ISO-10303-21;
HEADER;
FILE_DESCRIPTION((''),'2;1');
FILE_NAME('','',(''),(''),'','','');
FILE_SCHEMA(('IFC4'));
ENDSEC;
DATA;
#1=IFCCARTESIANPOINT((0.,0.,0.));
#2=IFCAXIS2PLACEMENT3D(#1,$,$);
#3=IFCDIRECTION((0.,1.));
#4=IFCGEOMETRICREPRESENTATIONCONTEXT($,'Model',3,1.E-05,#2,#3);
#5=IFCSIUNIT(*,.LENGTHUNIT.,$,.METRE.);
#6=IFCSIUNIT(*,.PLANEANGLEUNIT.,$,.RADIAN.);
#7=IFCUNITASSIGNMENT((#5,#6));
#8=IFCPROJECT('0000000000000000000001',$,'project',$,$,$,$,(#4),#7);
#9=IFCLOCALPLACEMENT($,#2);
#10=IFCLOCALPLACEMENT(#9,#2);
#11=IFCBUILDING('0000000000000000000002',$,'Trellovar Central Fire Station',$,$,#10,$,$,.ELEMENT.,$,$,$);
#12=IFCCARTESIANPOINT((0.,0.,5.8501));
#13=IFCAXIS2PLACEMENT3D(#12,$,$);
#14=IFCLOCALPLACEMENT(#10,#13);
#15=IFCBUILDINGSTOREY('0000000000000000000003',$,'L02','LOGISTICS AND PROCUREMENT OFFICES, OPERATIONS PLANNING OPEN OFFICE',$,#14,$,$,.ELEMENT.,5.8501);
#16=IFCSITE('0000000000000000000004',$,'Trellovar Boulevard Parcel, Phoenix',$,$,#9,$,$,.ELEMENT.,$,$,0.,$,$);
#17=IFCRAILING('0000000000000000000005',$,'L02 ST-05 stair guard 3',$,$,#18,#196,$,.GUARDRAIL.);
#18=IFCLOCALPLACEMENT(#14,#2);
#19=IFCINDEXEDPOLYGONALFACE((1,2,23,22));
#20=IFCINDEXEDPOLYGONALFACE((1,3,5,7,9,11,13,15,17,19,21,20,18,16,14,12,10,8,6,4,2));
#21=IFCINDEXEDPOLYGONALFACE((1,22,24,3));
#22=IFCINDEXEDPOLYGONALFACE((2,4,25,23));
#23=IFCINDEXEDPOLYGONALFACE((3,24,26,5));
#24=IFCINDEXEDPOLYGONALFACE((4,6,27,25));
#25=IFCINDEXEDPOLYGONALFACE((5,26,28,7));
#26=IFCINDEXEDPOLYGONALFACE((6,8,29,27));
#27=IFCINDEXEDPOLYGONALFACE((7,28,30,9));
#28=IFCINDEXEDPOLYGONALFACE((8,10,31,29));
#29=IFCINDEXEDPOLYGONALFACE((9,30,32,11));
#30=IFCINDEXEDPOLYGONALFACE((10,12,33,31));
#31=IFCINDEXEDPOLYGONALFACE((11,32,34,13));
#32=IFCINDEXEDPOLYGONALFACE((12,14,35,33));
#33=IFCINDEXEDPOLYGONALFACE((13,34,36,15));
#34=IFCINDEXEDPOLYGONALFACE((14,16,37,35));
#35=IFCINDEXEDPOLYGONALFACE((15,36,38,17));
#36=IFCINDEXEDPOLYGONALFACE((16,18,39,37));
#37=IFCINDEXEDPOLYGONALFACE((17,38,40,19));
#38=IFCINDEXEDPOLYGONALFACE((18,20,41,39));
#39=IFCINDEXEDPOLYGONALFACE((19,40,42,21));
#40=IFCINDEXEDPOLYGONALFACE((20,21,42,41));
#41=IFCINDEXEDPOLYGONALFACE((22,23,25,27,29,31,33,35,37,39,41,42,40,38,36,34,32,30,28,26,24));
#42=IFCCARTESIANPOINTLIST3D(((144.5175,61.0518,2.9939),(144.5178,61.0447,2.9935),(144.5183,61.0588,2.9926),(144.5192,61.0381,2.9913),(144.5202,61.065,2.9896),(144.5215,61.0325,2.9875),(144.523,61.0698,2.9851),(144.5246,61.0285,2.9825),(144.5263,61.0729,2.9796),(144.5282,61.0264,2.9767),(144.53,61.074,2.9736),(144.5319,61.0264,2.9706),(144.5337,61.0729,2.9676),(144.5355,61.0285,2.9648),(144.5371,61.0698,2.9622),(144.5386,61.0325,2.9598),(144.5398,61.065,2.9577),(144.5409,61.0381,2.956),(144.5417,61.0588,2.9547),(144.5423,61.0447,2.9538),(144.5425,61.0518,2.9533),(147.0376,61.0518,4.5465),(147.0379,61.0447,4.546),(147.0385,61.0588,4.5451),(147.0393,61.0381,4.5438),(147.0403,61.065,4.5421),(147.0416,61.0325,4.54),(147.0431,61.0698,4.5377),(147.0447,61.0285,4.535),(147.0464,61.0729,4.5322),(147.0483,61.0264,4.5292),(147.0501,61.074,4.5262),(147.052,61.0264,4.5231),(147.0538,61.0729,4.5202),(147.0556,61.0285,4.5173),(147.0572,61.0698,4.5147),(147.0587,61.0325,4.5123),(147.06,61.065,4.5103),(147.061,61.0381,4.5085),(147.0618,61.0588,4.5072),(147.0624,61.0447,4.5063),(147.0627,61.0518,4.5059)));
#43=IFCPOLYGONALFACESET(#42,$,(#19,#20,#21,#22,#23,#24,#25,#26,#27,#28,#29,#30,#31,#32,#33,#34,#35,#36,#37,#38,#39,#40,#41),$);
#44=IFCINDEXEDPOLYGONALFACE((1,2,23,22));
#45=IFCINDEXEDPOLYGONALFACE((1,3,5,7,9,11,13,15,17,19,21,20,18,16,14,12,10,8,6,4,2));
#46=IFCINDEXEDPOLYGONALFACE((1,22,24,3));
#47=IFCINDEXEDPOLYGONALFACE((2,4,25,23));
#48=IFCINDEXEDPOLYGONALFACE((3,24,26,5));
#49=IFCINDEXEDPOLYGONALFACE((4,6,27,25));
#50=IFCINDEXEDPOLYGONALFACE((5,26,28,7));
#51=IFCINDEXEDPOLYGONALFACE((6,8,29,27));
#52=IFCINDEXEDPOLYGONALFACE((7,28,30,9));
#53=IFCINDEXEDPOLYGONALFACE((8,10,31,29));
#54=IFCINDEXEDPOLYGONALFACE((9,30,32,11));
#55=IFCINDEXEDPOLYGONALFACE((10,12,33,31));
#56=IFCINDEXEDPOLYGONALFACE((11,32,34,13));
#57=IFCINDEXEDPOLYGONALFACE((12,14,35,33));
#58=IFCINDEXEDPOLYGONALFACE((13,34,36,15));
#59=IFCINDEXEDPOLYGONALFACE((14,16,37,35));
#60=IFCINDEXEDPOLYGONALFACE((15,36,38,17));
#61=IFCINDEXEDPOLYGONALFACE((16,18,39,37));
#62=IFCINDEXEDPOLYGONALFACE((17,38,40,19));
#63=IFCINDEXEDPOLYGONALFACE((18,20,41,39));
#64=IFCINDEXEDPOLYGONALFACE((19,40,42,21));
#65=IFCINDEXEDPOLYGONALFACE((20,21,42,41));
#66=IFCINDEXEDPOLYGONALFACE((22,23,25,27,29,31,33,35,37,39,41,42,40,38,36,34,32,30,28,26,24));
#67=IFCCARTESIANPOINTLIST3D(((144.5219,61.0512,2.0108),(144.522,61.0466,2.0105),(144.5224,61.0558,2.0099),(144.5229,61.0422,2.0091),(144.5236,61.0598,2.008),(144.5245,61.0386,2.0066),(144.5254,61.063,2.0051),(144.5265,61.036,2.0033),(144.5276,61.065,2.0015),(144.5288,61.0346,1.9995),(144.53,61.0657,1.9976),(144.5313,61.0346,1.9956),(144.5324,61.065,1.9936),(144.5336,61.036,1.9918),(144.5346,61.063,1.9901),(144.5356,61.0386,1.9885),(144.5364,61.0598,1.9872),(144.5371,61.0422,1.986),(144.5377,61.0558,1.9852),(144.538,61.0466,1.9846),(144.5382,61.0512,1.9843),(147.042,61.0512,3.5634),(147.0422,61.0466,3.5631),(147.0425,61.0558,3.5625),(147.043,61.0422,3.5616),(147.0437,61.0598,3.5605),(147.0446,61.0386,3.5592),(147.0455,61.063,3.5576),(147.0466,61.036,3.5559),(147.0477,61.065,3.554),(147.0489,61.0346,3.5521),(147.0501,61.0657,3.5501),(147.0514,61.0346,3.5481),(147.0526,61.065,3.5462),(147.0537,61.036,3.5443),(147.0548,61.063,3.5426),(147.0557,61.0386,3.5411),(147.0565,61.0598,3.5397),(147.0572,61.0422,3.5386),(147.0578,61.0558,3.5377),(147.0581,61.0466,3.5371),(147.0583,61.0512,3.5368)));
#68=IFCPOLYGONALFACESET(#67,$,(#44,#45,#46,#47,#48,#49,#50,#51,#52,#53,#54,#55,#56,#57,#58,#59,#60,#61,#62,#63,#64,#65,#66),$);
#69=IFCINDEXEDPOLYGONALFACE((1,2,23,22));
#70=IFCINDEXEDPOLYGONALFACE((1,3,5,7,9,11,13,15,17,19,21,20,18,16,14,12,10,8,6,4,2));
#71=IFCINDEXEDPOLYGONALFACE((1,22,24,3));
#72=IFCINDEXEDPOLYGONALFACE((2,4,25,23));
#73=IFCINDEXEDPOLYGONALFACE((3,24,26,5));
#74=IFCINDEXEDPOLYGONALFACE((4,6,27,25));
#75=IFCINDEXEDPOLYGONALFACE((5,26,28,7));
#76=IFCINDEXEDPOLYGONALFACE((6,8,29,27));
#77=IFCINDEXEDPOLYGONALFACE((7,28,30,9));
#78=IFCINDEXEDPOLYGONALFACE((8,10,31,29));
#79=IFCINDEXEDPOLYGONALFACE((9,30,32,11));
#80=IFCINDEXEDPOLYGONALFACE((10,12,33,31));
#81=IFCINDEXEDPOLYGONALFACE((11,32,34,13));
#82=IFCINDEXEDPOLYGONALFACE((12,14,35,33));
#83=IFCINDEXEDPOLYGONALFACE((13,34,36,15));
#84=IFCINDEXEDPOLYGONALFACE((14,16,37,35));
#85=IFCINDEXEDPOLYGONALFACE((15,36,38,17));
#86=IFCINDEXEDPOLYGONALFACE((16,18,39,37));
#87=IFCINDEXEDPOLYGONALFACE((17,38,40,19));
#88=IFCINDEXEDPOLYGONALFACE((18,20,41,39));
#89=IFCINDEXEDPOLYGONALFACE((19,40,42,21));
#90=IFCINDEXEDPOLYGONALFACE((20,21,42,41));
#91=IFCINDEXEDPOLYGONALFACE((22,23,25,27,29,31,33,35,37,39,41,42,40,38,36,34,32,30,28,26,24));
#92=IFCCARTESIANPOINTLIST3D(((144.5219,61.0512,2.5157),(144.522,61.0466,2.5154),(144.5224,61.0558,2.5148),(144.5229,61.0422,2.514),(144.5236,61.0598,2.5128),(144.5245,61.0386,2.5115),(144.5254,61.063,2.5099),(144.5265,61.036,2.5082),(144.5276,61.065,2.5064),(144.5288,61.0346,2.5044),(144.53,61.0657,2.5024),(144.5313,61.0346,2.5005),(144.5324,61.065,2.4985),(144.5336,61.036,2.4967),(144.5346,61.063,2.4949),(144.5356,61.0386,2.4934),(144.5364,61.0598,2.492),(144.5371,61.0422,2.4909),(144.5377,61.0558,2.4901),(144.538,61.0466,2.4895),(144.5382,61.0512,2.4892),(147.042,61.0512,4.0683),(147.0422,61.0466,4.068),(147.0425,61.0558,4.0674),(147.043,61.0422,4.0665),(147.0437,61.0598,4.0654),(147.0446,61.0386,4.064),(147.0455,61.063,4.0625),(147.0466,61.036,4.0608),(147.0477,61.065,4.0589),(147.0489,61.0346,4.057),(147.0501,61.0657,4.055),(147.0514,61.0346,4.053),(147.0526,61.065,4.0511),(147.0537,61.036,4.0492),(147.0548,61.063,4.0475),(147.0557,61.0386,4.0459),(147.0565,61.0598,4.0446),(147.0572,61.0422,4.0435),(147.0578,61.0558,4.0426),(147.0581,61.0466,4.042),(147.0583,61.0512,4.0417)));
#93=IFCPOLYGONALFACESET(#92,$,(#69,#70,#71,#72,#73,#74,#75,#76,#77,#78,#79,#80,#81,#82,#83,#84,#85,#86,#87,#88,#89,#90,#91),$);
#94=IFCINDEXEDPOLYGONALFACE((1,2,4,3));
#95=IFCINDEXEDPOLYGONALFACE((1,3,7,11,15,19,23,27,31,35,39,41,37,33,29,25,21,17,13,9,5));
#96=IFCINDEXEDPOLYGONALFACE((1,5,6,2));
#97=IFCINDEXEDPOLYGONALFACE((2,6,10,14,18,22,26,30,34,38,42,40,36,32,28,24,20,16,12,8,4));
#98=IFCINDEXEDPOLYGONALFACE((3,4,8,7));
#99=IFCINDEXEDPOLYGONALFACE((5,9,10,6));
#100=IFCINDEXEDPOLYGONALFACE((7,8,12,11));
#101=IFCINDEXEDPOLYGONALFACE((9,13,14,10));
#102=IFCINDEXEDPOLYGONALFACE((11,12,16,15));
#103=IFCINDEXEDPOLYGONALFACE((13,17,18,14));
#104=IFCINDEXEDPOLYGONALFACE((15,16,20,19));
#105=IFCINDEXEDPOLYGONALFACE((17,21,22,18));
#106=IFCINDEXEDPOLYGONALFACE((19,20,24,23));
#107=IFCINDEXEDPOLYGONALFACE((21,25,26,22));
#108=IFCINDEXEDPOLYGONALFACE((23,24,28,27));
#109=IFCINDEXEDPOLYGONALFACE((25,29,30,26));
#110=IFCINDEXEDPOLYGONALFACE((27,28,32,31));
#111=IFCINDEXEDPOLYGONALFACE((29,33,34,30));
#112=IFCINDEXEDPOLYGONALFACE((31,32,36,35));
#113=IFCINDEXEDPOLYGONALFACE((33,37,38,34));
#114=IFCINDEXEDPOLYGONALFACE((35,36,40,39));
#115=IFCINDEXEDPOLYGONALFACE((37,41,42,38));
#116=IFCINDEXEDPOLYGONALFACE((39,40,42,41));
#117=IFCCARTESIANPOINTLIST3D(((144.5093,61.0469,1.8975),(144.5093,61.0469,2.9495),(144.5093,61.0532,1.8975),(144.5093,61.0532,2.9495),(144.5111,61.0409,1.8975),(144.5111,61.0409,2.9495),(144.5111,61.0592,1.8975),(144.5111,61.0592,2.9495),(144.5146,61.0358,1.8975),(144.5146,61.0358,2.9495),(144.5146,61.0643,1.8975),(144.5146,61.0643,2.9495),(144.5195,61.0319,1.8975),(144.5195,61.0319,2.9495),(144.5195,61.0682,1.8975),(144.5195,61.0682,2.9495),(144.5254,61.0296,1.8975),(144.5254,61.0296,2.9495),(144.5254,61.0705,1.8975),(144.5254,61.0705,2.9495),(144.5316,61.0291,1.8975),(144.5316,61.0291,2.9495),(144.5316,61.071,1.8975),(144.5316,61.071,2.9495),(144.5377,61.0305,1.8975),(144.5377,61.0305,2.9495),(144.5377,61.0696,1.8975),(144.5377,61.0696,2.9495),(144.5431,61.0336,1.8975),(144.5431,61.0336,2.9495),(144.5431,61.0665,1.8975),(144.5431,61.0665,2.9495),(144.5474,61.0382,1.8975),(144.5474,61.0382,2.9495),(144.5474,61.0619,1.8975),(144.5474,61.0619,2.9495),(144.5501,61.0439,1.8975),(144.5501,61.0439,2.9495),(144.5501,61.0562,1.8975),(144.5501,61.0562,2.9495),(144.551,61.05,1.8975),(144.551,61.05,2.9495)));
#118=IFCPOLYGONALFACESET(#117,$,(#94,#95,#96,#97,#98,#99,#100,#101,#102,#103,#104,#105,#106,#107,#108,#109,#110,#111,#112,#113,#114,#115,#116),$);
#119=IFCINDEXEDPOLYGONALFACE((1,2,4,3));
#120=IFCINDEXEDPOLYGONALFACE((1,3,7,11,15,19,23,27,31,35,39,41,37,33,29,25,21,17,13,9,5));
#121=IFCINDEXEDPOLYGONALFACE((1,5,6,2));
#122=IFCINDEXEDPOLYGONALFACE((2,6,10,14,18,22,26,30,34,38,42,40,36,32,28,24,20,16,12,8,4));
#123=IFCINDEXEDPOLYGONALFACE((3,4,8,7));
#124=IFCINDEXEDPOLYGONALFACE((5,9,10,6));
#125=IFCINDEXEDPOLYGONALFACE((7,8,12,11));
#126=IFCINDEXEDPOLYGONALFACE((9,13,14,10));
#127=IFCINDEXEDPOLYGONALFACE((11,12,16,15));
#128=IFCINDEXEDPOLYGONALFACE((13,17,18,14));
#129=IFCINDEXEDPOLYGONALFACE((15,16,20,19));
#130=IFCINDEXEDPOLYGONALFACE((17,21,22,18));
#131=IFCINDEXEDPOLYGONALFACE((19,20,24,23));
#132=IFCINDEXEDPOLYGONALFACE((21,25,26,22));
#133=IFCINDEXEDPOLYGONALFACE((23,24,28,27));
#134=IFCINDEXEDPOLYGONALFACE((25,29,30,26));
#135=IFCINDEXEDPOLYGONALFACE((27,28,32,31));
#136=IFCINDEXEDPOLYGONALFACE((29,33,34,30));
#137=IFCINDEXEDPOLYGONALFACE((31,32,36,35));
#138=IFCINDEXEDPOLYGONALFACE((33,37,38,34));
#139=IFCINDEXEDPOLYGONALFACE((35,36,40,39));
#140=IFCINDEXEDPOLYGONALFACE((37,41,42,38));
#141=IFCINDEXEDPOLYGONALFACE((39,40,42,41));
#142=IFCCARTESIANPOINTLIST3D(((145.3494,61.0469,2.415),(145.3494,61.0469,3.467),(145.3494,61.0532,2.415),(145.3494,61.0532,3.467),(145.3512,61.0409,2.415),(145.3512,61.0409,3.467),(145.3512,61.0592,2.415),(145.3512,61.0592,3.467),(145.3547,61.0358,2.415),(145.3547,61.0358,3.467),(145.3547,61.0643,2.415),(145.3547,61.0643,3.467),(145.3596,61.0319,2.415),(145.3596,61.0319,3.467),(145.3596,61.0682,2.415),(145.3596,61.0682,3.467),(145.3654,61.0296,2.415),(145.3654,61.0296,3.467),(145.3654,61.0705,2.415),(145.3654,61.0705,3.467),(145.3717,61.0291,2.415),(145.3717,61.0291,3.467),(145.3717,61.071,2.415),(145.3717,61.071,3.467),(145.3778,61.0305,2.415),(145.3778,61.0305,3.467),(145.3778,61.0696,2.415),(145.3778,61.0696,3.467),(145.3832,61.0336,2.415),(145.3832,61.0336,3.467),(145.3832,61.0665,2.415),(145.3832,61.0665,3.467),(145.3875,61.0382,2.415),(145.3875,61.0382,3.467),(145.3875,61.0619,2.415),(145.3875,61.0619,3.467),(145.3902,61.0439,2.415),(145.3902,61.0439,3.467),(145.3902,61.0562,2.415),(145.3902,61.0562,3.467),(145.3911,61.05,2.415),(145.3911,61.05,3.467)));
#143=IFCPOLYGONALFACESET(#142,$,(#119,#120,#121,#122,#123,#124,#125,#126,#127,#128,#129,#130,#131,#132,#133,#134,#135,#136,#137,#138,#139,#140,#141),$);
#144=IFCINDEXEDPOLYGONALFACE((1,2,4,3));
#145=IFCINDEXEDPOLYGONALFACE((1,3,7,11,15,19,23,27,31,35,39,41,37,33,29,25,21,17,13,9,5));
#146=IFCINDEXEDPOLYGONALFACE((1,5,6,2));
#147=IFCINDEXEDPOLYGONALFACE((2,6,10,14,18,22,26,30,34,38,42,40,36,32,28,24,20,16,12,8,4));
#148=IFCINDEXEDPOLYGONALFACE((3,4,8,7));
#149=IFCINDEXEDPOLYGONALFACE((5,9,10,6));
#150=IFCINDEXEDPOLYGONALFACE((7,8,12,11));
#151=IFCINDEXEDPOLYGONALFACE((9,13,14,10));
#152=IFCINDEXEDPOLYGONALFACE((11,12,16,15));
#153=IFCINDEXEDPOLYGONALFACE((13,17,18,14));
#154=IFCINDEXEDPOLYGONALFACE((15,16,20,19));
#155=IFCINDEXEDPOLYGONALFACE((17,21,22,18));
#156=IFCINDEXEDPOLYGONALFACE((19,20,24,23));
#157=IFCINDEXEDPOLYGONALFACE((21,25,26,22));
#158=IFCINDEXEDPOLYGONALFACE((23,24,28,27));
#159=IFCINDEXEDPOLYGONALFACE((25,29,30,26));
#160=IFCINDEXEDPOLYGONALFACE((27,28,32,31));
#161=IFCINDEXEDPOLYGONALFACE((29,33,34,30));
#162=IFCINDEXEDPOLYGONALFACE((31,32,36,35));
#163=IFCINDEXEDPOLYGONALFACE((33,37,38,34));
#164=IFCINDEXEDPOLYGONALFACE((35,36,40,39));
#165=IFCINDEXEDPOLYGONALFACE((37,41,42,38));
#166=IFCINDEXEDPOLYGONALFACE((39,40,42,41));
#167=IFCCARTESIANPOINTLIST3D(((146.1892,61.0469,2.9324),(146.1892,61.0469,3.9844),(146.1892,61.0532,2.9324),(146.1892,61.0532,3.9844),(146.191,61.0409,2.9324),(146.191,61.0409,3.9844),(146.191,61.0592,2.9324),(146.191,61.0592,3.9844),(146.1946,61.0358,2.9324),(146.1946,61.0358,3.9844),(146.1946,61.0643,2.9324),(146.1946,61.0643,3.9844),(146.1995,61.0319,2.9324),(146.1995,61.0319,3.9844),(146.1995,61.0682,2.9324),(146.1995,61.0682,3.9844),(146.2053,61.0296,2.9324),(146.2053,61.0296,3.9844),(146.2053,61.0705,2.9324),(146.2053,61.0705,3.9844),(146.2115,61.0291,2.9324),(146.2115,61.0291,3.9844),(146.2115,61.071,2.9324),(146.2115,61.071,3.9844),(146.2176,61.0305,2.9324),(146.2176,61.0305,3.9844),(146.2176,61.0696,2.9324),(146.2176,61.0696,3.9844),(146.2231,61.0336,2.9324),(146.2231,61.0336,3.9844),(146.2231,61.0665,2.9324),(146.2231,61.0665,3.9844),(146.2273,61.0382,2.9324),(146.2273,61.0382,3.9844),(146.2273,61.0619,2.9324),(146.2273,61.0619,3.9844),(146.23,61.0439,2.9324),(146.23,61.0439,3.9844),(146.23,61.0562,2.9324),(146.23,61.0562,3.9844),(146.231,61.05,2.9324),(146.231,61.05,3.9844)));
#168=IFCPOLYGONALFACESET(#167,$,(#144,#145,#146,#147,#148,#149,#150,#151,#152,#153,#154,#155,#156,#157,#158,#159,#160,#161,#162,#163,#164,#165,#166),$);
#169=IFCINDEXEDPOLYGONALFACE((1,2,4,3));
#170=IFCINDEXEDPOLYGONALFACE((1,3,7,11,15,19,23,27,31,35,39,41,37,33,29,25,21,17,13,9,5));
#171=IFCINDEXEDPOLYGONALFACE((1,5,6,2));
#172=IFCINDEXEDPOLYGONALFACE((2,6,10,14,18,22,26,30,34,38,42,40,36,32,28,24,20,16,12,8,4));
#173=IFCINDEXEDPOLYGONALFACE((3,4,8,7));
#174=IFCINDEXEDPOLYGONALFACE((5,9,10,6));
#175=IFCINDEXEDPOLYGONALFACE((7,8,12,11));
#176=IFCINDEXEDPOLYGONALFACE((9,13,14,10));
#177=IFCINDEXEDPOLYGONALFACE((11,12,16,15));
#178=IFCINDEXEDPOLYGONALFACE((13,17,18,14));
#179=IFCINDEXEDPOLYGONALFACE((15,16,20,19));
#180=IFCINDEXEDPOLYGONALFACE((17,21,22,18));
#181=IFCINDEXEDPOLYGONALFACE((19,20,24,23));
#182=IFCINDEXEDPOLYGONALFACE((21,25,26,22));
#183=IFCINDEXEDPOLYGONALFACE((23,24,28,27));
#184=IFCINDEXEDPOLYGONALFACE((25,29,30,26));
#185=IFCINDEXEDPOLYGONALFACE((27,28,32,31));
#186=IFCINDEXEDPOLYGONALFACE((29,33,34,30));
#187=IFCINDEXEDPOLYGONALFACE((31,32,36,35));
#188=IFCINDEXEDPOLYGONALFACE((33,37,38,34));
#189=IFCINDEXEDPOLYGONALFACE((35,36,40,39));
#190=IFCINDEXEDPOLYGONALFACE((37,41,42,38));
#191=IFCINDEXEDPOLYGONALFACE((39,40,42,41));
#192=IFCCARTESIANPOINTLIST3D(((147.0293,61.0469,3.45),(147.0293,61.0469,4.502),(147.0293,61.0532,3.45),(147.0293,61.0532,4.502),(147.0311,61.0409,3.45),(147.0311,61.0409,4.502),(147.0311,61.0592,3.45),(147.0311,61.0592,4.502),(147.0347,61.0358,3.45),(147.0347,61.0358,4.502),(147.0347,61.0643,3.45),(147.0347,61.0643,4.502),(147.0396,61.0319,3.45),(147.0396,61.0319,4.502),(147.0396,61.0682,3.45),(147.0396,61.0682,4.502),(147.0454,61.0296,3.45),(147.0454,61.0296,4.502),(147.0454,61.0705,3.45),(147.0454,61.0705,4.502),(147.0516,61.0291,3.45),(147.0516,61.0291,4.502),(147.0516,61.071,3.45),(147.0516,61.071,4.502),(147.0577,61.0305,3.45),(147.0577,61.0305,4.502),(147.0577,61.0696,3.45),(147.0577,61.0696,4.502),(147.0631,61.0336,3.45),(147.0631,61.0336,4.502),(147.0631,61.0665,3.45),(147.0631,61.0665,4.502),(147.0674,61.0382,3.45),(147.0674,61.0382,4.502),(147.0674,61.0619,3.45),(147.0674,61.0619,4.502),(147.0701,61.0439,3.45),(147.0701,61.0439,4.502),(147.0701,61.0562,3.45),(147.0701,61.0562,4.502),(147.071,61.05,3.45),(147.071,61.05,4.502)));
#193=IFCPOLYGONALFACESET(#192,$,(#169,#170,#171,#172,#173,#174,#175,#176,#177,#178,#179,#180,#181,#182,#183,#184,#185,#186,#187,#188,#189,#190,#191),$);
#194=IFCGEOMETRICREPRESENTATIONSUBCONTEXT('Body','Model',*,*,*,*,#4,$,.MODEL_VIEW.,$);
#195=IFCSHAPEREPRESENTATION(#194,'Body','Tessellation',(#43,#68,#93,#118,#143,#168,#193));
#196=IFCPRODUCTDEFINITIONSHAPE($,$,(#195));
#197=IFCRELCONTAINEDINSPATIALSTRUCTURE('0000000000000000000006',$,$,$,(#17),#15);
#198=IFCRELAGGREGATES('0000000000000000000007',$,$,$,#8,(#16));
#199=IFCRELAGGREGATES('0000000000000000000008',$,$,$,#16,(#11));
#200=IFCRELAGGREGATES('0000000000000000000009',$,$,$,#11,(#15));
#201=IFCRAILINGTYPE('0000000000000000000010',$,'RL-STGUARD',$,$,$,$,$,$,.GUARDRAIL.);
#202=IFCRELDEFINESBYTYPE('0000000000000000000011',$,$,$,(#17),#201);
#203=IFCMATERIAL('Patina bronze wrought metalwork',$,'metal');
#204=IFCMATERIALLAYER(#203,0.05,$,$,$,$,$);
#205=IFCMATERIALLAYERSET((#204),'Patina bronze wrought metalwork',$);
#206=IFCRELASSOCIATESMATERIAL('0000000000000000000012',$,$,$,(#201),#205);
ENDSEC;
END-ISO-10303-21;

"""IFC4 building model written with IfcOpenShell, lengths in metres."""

from ifc_helpers import new_model, si_unit, direction, frame, origin, origin_2d, place, context, subcontext, project, spatial, circle, extrude, material, layer, layer_set, type_object, element, save


model = new_model("IFC4")

# Units and contexts
model_context = context("Model", 3, precision=1e-05, world=origin(), true_north=direction((0.0, 1.0)))
body_context = subcontext(model_context, "Body", "Model", "MODEL_VIEW")
ifc_project = project(units=[si_unit("LENGTHUNIT", "METRE"), si_unit("PLANEANGLEUNIT", "RADIAN")], contexts=[model_context])

# Site, building, storey
site_placement = place(None, origin())
site = spatial("IfcSite", under=ifc_project, at=site_placement, Name="Trellovar Boulevard Parcel, Phoenix", CompositionType="ELEMENT", RefElevation=0.0)
building_placement = place(site_placement, origin())
building = spatial("IfcBuilding", under=site, at=building_placement, Name="Trellovar Central Fire Station", CompositionType="ELEMENT")
storey_placement = place(building_placement, frame((0.0, 0.0, 5.8501)))
storey = spatial("IfcBuildingStorey", under=building, at=storey_placement, Name="L02", Description="LOGISTICS AND PROCUREMENT OFFICES, OPERATIONS PLANNING OPEN OFFICE", CompositionType="ELEMENT", Elevation=5.8501)

# Railing
ifc_material_1 = material(Name="Patina bronze wrought metalwork", Category="metal")
ifc_layer_1 = layer(ifc_material_1, 0.05)
ifc_layer_set_1 = layer_set([ifc_layer_1], Name="Patina bronze wrought metalwork")
railing_type_1 = type_object("IfcRailingType", Name="RL-STGUARD", PredefinedType="GUARDRAIL", material=ifc_layer_set_1)
railing_1_placement = place(storey_placement, frame((144.53, 61.05, 1.8975)))
element("IfcRailing", 1, at=railing_1_placement, inside=storey, type_object=railing_type_1, Name="L02 ST-05 stair guard 3", PredefinedType="GUARDRAIL", context=body_context, shape_type="SweptSolid", body=[
    extrude(circle(Radius=0.0239, at=origin_2d()), frame((0.0, 0.0, 1.0762), z_axis=(0.8514, 0.0, 0.524516), x_axis=(0.0, 1.0, 0.0)), (0.0, 0.0, 1.0), 2.96),
    extrude(circle(Radius=0.0156, at=origin_2d()), frame((0.0, 0.0, 0.1001), z_axis=(0.8514, 0.0, 0.524516), x_axis=(0.0, 1.0, 0.0)), (0.0, 0.0, 1.0), 2.96),
    extrude(circle(Radius=0.0156, at=origin_2d()), frame((0.0, 0.0, 0.605), z_axis=(0.8514, 0.0, 0.524516), x_axis=(0.0, 1.0, 0.0)), (0.0, 0.0, 1.0), 2.96),
    extrude(circle(Radius=0.021, at=origin_2d()), origin(), (0.0, 0.0, 1.0), 1.052),
    extrude(circle(Radius=0.021, at=origin_2d()), frame((0.8401, 0.0, 0.5176)), (0.0, 0.0, 1.0), 1.052),
    extrude(circle(Radius=0.021, at=origin_2d()), frame((1.6799, 0.0, 1.0349)), (0.0, 0.0, 1.0), 1.052),
    extrude(circle(Radius=0.021, at=origin_2d()), frame((2.52, 0.0, 1.5525)), (0.0, 0.0, 1.0), 1.052),
])

save(model, "model.ifc")
